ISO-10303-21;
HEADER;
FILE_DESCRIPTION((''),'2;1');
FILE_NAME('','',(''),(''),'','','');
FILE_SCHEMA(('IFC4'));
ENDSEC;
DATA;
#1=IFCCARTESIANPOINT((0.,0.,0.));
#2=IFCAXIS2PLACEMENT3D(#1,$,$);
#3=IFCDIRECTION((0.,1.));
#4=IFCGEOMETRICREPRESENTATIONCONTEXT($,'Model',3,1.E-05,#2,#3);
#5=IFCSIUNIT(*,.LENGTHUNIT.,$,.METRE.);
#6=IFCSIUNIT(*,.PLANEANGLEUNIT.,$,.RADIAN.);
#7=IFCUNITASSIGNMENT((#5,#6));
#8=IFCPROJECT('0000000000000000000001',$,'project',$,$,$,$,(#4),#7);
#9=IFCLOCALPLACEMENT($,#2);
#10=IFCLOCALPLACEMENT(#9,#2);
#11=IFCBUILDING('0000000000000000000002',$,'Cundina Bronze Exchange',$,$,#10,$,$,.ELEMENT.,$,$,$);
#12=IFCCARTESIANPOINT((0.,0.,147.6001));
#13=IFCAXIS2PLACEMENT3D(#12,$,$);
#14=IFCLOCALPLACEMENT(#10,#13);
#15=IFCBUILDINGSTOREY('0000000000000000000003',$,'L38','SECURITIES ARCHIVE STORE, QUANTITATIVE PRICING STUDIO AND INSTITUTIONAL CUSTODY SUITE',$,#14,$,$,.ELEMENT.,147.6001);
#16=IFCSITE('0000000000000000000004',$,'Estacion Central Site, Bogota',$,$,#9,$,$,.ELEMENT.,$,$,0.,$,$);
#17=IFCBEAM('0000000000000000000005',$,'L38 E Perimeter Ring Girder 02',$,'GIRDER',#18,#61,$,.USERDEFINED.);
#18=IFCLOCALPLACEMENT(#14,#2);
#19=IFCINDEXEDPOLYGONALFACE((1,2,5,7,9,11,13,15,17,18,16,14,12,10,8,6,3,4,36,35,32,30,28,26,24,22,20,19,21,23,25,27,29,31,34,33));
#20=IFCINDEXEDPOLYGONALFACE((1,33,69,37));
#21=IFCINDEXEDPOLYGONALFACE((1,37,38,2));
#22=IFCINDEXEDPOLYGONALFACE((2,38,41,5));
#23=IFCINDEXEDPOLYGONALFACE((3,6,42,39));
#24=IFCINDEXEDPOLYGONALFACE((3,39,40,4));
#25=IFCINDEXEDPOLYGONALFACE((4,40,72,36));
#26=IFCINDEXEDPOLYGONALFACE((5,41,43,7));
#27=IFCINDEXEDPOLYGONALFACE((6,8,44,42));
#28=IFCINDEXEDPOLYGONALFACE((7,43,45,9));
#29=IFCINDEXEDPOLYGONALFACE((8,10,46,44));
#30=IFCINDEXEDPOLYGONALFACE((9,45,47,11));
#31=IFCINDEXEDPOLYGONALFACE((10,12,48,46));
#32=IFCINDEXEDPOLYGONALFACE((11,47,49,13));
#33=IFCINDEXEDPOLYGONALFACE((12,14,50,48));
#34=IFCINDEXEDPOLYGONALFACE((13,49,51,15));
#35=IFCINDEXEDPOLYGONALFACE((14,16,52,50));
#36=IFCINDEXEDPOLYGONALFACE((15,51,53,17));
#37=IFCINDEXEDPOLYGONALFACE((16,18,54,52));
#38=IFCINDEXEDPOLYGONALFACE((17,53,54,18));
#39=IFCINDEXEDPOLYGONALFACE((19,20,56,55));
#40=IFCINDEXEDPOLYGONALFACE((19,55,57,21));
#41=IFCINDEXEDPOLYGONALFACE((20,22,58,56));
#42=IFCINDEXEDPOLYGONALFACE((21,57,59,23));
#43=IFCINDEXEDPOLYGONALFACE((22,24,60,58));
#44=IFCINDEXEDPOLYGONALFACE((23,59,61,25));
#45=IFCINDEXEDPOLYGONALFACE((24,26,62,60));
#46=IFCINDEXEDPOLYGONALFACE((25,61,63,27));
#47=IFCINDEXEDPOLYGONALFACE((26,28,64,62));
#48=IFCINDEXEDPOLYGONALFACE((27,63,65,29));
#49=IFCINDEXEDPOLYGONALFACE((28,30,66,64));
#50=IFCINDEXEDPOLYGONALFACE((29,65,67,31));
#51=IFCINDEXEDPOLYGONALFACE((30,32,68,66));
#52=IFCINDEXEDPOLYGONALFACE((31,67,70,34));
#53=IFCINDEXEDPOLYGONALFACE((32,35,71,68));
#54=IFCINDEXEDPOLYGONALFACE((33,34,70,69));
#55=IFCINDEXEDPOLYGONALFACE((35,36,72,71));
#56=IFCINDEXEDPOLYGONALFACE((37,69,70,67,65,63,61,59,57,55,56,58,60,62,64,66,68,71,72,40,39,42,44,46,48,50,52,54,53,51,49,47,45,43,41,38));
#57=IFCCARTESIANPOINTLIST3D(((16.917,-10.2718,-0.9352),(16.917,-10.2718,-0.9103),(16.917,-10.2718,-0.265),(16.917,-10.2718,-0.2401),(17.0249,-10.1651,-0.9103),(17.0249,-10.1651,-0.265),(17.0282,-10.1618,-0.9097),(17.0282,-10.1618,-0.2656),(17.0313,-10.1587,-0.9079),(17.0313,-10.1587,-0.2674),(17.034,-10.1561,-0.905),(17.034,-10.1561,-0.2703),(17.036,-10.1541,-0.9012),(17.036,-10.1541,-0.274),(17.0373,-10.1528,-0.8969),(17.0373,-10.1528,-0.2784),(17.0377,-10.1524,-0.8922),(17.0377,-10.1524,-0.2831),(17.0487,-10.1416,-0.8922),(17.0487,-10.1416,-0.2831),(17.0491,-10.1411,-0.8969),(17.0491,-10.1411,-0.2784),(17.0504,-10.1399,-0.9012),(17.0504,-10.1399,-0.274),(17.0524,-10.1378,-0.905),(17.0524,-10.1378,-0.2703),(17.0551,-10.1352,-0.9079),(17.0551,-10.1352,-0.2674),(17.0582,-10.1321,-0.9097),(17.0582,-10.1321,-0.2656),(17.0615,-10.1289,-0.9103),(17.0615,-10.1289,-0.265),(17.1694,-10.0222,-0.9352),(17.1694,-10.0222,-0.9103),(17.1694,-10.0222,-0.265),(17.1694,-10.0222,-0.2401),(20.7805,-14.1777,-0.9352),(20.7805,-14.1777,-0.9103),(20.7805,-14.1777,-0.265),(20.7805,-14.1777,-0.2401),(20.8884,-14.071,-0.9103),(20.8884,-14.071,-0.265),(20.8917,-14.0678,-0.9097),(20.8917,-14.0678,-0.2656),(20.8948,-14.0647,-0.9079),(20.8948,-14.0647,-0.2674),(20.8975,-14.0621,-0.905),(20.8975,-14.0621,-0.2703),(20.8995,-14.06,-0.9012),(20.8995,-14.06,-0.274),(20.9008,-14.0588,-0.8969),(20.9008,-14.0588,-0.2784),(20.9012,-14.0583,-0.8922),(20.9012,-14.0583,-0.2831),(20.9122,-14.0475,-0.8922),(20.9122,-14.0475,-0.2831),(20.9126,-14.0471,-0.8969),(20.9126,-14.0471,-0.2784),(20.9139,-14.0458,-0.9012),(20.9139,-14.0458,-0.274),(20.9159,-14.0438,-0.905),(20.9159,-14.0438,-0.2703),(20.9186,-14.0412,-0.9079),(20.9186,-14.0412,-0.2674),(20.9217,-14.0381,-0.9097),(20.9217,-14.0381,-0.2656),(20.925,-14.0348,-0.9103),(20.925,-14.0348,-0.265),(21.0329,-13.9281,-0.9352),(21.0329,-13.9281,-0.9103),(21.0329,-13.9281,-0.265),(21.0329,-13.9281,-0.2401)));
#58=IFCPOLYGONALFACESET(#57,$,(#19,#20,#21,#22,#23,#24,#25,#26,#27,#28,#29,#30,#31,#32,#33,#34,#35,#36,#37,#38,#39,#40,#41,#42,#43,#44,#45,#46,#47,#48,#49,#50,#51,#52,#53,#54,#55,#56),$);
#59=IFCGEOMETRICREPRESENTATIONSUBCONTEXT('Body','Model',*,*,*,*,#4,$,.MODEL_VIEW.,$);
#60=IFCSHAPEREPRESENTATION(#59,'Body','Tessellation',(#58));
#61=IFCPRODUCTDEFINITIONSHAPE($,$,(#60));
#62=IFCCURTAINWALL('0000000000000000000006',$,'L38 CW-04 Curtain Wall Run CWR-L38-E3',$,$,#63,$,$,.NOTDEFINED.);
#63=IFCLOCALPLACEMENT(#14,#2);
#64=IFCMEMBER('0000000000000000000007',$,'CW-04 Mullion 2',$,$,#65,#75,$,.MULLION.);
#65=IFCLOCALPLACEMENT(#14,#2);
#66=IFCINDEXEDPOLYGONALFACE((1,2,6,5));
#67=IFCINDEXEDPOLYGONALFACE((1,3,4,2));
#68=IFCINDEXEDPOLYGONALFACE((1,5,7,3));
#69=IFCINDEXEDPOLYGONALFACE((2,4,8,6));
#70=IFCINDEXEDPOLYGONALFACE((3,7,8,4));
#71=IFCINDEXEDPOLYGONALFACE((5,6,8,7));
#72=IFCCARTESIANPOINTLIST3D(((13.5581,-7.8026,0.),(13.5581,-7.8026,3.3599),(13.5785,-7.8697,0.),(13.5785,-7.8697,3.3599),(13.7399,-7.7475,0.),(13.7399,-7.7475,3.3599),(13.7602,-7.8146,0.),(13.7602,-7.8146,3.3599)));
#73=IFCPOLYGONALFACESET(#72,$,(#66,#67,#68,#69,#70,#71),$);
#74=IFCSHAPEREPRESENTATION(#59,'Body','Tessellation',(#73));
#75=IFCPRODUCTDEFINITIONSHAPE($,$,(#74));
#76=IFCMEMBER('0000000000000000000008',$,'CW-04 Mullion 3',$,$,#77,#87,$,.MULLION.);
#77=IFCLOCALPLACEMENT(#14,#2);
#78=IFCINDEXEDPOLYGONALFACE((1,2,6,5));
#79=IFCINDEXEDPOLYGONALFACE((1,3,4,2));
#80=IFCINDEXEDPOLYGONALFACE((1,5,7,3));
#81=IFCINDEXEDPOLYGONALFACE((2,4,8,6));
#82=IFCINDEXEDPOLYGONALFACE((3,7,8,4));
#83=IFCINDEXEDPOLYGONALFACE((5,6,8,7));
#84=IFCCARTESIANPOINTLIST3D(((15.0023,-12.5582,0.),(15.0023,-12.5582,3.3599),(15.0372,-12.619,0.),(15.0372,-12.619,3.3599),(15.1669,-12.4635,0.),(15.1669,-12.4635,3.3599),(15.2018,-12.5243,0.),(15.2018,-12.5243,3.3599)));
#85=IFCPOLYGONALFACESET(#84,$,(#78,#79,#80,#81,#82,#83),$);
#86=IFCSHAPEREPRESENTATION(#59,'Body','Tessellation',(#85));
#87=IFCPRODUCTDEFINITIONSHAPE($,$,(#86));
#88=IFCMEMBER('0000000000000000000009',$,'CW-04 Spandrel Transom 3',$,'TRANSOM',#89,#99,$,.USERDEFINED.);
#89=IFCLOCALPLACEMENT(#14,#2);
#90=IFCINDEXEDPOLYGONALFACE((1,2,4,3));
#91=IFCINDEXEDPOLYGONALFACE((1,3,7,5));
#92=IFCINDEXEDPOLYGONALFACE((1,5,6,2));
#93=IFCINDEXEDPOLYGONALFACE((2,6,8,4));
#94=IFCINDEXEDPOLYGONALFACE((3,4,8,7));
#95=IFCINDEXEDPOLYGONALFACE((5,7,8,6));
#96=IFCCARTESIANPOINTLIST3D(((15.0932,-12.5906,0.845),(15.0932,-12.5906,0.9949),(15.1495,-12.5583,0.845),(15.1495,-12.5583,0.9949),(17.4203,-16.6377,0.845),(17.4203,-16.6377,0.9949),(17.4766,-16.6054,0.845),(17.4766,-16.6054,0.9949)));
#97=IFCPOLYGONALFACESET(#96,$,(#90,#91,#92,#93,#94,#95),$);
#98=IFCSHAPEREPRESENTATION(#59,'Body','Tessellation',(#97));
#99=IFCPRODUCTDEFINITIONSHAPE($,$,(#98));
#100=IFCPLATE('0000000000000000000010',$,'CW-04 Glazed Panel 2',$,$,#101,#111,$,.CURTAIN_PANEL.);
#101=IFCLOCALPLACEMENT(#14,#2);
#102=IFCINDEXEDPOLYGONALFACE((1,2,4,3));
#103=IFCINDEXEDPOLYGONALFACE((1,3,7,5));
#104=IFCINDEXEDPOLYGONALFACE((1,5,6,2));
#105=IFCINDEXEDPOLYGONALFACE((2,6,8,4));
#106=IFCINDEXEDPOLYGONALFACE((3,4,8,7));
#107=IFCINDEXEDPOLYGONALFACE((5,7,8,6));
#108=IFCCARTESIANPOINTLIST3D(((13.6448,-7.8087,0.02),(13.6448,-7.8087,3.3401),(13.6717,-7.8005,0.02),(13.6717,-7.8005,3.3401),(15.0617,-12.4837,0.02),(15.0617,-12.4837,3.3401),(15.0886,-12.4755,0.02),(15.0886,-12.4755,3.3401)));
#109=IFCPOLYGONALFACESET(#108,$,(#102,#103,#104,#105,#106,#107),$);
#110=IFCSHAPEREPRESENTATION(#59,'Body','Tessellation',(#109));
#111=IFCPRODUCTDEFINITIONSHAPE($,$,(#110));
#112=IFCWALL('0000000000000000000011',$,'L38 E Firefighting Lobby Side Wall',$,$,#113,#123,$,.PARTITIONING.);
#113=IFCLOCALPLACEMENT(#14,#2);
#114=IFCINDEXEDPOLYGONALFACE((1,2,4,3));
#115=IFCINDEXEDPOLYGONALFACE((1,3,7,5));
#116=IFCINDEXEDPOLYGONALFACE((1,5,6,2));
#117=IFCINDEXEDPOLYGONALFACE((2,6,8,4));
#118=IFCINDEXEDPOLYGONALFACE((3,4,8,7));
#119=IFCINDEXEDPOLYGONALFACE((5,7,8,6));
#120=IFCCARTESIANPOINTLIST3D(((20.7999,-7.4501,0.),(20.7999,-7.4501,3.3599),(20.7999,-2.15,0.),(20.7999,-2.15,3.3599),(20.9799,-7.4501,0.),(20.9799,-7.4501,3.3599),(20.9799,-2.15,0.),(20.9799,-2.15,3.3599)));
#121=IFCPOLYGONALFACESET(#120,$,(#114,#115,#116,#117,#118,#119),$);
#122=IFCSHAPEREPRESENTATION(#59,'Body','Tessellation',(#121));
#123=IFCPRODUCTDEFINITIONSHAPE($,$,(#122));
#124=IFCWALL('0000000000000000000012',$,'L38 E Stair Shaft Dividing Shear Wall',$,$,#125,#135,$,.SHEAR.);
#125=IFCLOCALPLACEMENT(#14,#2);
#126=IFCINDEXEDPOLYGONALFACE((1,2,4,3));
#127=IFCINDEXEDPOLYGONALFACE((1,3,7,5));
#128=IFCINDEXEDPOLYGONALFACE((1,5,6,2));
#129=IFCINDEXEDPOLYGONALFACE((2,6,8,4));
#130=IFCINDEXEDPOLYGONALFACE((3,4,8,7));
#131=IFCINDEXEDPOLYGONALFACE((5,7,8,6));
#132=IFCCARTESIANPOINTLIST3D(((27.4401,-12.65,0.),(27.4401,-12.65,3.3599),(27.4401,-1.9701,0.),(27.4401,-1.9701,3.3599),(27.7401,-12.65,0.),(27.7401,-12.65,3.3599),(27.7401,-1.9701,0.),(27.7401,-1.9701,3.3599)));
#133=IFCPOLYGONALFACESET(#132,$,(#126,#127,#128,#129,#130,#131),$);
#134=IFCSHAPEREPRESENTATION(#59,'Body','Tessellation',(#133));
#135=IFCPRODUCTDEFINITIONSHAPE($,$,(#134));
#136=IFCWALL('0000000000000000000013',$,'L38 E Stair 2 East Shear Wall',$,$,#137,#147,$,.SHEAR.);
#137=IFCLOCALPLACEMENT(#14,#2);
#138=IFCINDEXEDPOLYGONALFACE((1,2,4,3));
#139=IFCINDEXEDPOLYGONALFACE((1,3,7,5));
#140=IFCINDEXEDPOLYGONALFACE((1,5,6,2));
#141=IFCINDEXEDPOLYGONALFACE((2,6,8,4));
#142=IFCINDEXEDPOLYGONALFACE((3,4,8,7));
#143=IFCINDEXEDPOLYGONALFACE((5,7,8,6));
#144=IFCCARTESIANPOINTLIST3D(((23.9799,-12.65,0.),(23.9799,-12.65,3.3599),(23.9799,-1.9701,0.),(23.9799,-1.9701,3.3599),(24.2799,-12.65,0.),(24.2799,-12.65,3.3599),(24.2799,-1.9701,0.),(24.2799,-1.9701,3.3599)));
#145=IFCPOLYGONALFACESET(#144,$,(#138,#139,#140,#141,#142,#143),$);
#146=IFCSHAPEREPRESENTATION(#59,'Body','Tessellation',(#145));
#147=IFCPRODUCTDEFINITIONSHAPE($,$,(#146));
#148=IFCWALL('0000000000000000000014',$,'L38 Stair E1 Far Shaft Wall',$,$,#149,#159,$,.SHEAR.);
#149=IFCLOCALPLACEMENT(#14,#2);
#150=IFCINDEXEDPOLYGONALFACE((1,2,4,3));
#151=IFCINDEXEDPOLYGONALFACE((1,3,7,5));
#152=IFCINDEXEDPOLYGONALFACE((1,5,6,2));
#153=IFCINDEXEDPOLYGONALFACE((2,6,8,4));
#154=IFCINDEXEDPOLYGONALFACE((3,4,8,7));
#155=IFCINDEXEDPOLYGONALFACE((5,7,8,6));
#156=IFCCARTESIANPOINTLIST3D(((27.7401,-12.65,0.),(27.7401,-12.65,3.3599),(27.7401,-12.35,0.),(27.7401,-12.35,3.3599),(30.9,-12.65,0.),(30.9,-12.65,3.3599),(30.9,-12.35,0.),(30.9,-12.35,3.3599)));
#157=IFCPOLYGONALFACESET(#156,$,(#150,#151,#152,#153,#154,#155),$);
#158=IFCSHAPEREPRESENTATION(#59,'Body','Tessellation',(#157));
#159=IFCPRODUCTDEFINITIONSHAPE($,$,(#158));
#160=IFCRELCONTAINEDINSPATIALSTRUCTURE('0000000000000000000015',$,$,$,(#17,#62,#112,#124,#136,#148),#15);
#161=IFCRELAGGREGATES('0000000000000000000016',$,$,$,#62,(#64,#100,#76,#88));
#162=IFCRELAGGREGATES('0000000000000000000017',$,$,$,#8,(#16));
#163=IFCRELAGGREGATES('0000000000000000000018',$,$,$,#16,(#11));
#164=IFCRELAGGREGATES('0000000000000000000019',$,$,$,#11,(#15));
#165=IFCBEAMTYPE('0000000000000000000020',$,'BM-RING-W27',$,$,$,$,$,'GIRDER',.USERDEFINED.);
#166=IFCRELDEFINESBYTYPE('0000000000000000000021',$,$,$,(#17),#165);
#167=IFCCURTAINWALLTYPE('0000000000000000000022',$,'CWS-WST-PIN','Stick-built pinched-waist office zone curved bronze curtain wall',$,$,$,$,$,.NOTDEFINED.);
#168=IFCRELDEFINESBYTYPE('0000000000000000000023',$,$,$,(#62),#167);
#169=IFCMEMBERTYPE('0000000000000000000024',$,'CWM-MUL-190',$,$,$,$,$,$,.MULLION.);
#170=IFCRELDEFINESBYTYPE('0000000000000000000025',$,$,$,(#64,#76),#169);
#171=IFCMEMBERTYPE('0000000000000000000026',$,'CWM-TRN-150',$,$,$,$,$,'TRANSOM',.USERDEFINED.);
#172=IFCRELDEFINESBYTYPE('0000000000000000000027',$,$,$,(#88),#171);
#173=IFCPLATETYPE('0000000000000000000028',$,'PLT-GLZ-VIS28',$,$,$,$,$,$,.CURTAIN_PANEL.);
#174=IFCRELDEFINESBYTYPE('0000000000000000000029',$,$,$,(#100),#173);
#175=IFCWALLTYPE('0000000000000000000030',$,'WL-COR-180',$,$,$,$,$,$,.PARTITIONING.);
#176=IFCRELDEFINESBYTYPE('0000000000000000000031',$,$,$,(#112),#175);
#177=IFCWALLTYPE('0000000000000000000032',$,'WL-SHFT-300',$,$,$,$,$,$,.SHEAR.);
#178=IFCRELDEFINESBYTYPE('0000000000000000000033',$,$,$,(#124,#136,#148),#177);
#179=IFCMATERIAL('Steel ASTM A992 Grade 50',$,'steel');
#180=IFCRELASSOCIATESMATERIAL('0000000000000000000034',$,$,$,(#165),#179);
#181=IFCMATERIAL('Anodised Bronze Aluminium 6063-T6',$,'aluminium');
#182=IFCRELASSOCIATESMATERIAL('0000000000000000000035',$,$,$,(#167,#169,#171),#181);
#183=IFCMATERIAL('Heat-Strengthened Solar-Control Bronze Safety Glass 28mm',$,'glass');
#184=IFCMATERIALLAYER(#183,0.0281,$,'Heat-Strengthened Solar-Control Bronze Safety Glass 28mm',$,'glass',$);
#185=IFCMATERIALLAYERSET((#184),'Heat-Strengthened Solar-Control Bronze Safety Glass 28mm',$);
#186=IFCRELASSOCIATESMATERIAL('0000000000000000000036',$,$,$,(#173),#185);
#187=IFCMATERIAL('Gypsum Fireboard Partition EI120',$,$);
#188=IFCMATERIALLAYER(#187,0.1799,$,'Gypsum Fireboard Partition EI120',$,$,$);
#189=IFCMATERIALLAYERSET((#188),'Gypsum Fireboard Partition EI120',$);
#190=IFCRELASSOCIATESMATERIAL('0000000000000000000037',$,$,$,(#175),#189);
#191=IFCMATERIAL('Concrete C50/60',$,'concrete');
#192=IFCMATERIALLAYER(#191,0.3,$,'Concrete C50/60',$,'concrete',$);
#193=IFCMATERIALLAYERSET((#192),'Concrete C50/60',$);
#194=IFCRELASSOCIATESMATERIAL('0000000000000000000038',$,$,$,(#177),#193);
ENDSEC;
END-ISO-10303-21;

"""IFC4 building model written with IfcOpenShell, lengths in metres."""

from ifc_helpers import new_model, si_unit, direction, frame, frame_2d, origin, origin_2d, place, context, subcontext, project, spatial, rectangle, i_section, extrude, material, layer, layer_set, material_profile, profile_set, type_object, element, aggregate, save


model = new_model("IFC4")

# Units and contexts
model_context = context("Model", 3, precision=1e-05, world=origin(), true_north=direction((0.0, 1.0)))
body_context = subcontext(model_context, "Body", "Model", "MODEL_VIEW")
ifc_project = project(units=[si_unit("LENGTHUNIT", "METRE"), si_unit("PLANEANGLEUNIT", "RADIAN")], contexts=[model_context])

# Site, building, storey
site_placement = place(None, origin())
site = spatial("IfcSite", under=ifc_project, at=site_placement, Name="Estacion Central Site, Bogota", CompositionType="ELEMENT", RefElevation=0.0)
building_placement = place(site_placement, origin())
building = spatial("IfcBuilding", under=site, at=building_placement, Name="Cundina Bronze Exchange", CompositionType="ELEMENT")
storey_placement = place(building_placement, frame((0.0, 0.0, 147.6001)))
storey = spatial("IfcBuildingStorey", under=building, at=storey_placement, Name="L38", Description="SECURITIES ARCHIVE STORE, QUANTITATIVE PRICING STUDIO AND INSTITUTIONAL CUSTODY SUITE", CompositionType="ELEMENT", Elevation=147.6001)

# Shared definitions
ifc_material_1 = material(Name="Concrete C50/60", Category="concrete")

# Beam
ifc_material_2 = material(Name="Steel ASTM A992 Grade 50", Category="steel")
ifc_material_profile_1 = material_profile(ifc_material_2, i_section(OverallWidth=0.355, OverallDepth=0.6951, WebThickness=0.0154, FlangeThickness=0.0249, FilletRadius=0.0181, at=origin_2d()), Name="W27X146", Category="steel")
ifc_profile_set_1 = profile_set([ifc_material_profile_1], Name="Steel ASTM A992 Grade 50")
beam_type_1 = type_object("IfcBeamType", Name="BM-RING-W27", ElementType="GIRDER", PredefinedType="USERDEFINED", material=ifc_profile_set_1)
beam_1_placement = place(storey_placement, frame((17.0432, -10.147, -0.5876), z_axis=(0.70323, -0.710962, 0.0), x_axis=(0.710962, 0.70323, 0.0)))
element("IfcBeam", 1, at=beam_1_placement, inside=storey, type_object=beam_type_1, Name="L38 E Perimeter Ring Girder 02", ObjectType="GIRDER", PredefinedType="USERDEFINED", context=body_context, shape_type="SweptSolid", body=[
    extrude(i_section(OverallWidth=0.355, OverallDepth=0.6951, WebThickness=0.0154, FlangeThickness=0.0249, FilletRadius=0.0181, at=origin_2d()), origin(), (0.0, 0.0, 1.0), 5.4939),
])

# Curtain wall, members, plate
ifc_material_3 = material(Name="Anodised Bronze Aluminium 6063-T6", Category="aluminium")
curtain_wall_type = type_object("IfcCurtainWallType", Name="CWS-WST-PIN", Description="Stick-built pinched-waist office zone curved bronze curtain wall", PredefinedType="NOTDEFINED", material=ifc_material_3)
curtain_wall_placement = place(storey_placement, origin())
curtain_wall = element("IfcCurtainWall", 2, at=curtain_wall_placement, inside=storey, type_object=curtain_wall_type, Name="L38 CW-04 Curtain Wall Run CWR-L38-E3", PredefinedType="NOTDEFINED")
ifc_material_profile_2 = material_profile(ifc_material_3, rectangle(XDim=0.0701, YDim=0.1899, at=origin_2d()), Name="AL70X190", Category="aluminium")
ifc_profile_set_2 = profile_set([ifc_material_profile_2], Name="Anodised Bronze Aluminium 6063-T6")
member_type_1 = type_object("IfcMemberType", Name="CWM-MUL-190", PredefinedType="MULLION", material=ifc_profile_set_2)
member_1_placement = place(storey_placement, frame((13.6592, -7.8086, 0.0), z_axis=(0.0, 0.0, 1.0), x_axis=(0.290034, -0.957016, 0.0)))
member_1 = element("IfcMember", 3, at=member_1_placement, type_object=member_type_1, Name="CW-04 Mullion 2", PredefinedType="MULLION", context=body_context, shape_type="SweptSolid", body=[
    extrude(rectangle(XDim=0.0701, YDim=0.1899, at=origin_2d()), origin(), (0.0, 0.0, 1.0), 3.3599),
])
member_2_placement = place(storey_placement, frame((15.1021, -12.5413, 0.0), z_axis=(0.0, 0.0, 1.0), x_axis=(0.498488, -0.866897, 0.0)))
member_2 = element("IfcMember", 4, at=member_2_placement, type_object=member_type_1, Name="CW-04 Mullion 3", PredefinedType="MULLION", context=body_context, shape_type="SweptSolid", body=[
    extrude(rectangle(XDim=0.0701, YDim=0.1899, at=origin_2d()), origin(), (0.0, 0.0, 1.0), 3.3599),
])
ifc_material_profile_3 = material_profile(ifc_material_3, rectangle(XDim=0.0649, YDim=0.1499, at=origin_2d()), Name="AL65X150", Category="aluminium")
ifc_profile_set_3 = profile_set([ifc_material_profile_3], Name="Anodised Bronze Aluminium 6063-T6")
member_type_2 = type_object("IfcMemberType", Name="CWM-TRN-150", ElementType="TRANSOM", PredefinedType="USERDEFINED", material=ifc_profile_set_3)
member_3_placement = place(storey_placement, frame((15.1213, -12.5745, 0.9199), z_axis=(0.49848, -0.866901, 0.0), x_axis=(0.866901, 0.49848, 0.0)))
member_3 = element("IfcMember", 5, at=member_3_placement, type_object=member_type_2, Name="CW-04 Spandrel Transom 3", ObjectType="TRANSOM", PredefinedType="USERDEFINED", context=body_context, shape_type="SweptSolid", body=[
    extrude(rectangle(XDim=0.0649, YDim=0.1499, at=origin_2d()), origin(), (0.0, 0.0, 1.0), 4.6685),
])
ifc_material_4 = material(Name="Heat-Strengthened Solar-Control Bronze Safety Glass 28mm", Category="glass")
ifc_layer_1 = layer(ifc_material_4, 0.0281, Name="Heat-Strengthened Solar-Control Bronze Safety Glass 28mm", Category="glass")
ifc_layer_set_1 = layer_set([ifc_layer_1], Name="Heat-Strengthened Solar-Control Bronze Safety Glass 28mm")
plate_type = type_object("IfcPlateType", Name="PLT-GLZ-VIS28", PredefinedType="CURTAIN_PANEL", material=ifc_layer_set_1)
plate_placement = place(storey_placement, frame((14.3667, -10.1421, 0.02), z_axis=(0.0, 0.0, 1.0), x_axis=(0.290051, -0.957011, 0.0)))
plate = element("IfcPlate", 6, at=plate_placement, type_object=plate_type, Name="CW-04 Glazed Panel 2", PredefinedType="CURTAIN_PANEL", context=body_context, shape_type="SweptSolid", body=[
    extrude(rectangle(XDim=4.885, YDim=0.0281, at=origin_2d()), origin(), (0.0, 0.0, 1.0), 3.3201),
])
aggregate(curtain_wall, [member_1, plate, member_2, member_3])

# Walls
ifc_material_5 = material(Name="Gypsum Fireboard Partition EI120")
ifc_layer_2 = layer(ifc_material_5, 0.1799, Name="Gypsum Fireboard Partition EI120")
ifc_layer_set_2 = layer_set([ifc_layer_2], Name="Gypsum Fireboard Partition EI120")
wall_type_1 = type_object("IfcWallType", Name="WL-COR-180", PredefinedType="PARTITIONING", material=ifc_layer_set_2)
wall_1_placement = place(storey_placement, frame((20.8899, -7.45, 0.0), z_axis=(0.0, 0.0, 1.0), x_axis=(0.0, 1.0, 0.0)))
element("IfcWall", 7, at=wall_1_placement, inside=storey, type_object=wall_type_1, Name="L38 E Firefighting Lobby Side Wall", PredefinedType="PARTITIONING", context=body_context, shape_type="SweptSolid", body=[
    extrude(rectangle(XDim=5.3, YDim=0.1799, at=frame_2d((2.6499, 0.0))), origin(), (0.0, 0.0, 1.0), 3.3599),
])
ifc_layer_3 = layer(ifc_material_1, 0.3, Name="Concrete C50/60", Category="concrete")
ifc_layer_set_3 = layer_set([ifc_layer_3], Name="Concrete C50/60")
wall_type_2 = type_object("IfcWallType", Name="WL-SHFT-300", PredefinedType="SHEAR", material=ifc_layer_set_3)
for number, where, z_axis, x_axis, name in (
    (8, (27.5901, -12.6499, 0.0), (0.0, 0.0, 1.0), (0.0, 1.0, 0.0), "L38 E Stair Shaft Dividing Shear Wall"),
    (9, (24.1299, -12.6499, 0.0), (0.0, 0.0, 1.0), (0.0, 1.0, 0.0), "L38 E Stair 2 East Shear Wall"),
):
    element("IfcWall", number, at=place(storey_placement, frame(where, z_axis=z_axis, x_axis=x_axis)), inside=storey, type_object=wall_type_2, Name=name, PredefinedType="SHEAR", context=body_context, shape_type="SweptSolid", body=[
        extrude(rectangle(XDim=10.6799, YDim=0.3, at=frame_2d((5.3398, 0.0))), origin(), (0.0, 0.0, 1.0), 3.3599),
    ])
wall_2_placement = place(storey_placement, frame((27.74, -12.5, 0.0), z_axis=(0.0, 0.0, 1.0), x_axis=(1.0, 0.0, 0.0)))
element("IfcWall", 10, at=wall_2_placement, inside=storey, type_object=wall_type_2, Name="L38 Stair E1 Far Shaft Wall", PredefinedType="SHEAR", context=body_context, shape_type="SweptSolid", body=[
    extrude(rectangle(XDim=3.1599, YDim=0.3, at=frame_2d((1.5801, 0.0))), origin(), (0.0, 0.0, 1.0), 3.3599),
])

save(model, "model.ifc")
